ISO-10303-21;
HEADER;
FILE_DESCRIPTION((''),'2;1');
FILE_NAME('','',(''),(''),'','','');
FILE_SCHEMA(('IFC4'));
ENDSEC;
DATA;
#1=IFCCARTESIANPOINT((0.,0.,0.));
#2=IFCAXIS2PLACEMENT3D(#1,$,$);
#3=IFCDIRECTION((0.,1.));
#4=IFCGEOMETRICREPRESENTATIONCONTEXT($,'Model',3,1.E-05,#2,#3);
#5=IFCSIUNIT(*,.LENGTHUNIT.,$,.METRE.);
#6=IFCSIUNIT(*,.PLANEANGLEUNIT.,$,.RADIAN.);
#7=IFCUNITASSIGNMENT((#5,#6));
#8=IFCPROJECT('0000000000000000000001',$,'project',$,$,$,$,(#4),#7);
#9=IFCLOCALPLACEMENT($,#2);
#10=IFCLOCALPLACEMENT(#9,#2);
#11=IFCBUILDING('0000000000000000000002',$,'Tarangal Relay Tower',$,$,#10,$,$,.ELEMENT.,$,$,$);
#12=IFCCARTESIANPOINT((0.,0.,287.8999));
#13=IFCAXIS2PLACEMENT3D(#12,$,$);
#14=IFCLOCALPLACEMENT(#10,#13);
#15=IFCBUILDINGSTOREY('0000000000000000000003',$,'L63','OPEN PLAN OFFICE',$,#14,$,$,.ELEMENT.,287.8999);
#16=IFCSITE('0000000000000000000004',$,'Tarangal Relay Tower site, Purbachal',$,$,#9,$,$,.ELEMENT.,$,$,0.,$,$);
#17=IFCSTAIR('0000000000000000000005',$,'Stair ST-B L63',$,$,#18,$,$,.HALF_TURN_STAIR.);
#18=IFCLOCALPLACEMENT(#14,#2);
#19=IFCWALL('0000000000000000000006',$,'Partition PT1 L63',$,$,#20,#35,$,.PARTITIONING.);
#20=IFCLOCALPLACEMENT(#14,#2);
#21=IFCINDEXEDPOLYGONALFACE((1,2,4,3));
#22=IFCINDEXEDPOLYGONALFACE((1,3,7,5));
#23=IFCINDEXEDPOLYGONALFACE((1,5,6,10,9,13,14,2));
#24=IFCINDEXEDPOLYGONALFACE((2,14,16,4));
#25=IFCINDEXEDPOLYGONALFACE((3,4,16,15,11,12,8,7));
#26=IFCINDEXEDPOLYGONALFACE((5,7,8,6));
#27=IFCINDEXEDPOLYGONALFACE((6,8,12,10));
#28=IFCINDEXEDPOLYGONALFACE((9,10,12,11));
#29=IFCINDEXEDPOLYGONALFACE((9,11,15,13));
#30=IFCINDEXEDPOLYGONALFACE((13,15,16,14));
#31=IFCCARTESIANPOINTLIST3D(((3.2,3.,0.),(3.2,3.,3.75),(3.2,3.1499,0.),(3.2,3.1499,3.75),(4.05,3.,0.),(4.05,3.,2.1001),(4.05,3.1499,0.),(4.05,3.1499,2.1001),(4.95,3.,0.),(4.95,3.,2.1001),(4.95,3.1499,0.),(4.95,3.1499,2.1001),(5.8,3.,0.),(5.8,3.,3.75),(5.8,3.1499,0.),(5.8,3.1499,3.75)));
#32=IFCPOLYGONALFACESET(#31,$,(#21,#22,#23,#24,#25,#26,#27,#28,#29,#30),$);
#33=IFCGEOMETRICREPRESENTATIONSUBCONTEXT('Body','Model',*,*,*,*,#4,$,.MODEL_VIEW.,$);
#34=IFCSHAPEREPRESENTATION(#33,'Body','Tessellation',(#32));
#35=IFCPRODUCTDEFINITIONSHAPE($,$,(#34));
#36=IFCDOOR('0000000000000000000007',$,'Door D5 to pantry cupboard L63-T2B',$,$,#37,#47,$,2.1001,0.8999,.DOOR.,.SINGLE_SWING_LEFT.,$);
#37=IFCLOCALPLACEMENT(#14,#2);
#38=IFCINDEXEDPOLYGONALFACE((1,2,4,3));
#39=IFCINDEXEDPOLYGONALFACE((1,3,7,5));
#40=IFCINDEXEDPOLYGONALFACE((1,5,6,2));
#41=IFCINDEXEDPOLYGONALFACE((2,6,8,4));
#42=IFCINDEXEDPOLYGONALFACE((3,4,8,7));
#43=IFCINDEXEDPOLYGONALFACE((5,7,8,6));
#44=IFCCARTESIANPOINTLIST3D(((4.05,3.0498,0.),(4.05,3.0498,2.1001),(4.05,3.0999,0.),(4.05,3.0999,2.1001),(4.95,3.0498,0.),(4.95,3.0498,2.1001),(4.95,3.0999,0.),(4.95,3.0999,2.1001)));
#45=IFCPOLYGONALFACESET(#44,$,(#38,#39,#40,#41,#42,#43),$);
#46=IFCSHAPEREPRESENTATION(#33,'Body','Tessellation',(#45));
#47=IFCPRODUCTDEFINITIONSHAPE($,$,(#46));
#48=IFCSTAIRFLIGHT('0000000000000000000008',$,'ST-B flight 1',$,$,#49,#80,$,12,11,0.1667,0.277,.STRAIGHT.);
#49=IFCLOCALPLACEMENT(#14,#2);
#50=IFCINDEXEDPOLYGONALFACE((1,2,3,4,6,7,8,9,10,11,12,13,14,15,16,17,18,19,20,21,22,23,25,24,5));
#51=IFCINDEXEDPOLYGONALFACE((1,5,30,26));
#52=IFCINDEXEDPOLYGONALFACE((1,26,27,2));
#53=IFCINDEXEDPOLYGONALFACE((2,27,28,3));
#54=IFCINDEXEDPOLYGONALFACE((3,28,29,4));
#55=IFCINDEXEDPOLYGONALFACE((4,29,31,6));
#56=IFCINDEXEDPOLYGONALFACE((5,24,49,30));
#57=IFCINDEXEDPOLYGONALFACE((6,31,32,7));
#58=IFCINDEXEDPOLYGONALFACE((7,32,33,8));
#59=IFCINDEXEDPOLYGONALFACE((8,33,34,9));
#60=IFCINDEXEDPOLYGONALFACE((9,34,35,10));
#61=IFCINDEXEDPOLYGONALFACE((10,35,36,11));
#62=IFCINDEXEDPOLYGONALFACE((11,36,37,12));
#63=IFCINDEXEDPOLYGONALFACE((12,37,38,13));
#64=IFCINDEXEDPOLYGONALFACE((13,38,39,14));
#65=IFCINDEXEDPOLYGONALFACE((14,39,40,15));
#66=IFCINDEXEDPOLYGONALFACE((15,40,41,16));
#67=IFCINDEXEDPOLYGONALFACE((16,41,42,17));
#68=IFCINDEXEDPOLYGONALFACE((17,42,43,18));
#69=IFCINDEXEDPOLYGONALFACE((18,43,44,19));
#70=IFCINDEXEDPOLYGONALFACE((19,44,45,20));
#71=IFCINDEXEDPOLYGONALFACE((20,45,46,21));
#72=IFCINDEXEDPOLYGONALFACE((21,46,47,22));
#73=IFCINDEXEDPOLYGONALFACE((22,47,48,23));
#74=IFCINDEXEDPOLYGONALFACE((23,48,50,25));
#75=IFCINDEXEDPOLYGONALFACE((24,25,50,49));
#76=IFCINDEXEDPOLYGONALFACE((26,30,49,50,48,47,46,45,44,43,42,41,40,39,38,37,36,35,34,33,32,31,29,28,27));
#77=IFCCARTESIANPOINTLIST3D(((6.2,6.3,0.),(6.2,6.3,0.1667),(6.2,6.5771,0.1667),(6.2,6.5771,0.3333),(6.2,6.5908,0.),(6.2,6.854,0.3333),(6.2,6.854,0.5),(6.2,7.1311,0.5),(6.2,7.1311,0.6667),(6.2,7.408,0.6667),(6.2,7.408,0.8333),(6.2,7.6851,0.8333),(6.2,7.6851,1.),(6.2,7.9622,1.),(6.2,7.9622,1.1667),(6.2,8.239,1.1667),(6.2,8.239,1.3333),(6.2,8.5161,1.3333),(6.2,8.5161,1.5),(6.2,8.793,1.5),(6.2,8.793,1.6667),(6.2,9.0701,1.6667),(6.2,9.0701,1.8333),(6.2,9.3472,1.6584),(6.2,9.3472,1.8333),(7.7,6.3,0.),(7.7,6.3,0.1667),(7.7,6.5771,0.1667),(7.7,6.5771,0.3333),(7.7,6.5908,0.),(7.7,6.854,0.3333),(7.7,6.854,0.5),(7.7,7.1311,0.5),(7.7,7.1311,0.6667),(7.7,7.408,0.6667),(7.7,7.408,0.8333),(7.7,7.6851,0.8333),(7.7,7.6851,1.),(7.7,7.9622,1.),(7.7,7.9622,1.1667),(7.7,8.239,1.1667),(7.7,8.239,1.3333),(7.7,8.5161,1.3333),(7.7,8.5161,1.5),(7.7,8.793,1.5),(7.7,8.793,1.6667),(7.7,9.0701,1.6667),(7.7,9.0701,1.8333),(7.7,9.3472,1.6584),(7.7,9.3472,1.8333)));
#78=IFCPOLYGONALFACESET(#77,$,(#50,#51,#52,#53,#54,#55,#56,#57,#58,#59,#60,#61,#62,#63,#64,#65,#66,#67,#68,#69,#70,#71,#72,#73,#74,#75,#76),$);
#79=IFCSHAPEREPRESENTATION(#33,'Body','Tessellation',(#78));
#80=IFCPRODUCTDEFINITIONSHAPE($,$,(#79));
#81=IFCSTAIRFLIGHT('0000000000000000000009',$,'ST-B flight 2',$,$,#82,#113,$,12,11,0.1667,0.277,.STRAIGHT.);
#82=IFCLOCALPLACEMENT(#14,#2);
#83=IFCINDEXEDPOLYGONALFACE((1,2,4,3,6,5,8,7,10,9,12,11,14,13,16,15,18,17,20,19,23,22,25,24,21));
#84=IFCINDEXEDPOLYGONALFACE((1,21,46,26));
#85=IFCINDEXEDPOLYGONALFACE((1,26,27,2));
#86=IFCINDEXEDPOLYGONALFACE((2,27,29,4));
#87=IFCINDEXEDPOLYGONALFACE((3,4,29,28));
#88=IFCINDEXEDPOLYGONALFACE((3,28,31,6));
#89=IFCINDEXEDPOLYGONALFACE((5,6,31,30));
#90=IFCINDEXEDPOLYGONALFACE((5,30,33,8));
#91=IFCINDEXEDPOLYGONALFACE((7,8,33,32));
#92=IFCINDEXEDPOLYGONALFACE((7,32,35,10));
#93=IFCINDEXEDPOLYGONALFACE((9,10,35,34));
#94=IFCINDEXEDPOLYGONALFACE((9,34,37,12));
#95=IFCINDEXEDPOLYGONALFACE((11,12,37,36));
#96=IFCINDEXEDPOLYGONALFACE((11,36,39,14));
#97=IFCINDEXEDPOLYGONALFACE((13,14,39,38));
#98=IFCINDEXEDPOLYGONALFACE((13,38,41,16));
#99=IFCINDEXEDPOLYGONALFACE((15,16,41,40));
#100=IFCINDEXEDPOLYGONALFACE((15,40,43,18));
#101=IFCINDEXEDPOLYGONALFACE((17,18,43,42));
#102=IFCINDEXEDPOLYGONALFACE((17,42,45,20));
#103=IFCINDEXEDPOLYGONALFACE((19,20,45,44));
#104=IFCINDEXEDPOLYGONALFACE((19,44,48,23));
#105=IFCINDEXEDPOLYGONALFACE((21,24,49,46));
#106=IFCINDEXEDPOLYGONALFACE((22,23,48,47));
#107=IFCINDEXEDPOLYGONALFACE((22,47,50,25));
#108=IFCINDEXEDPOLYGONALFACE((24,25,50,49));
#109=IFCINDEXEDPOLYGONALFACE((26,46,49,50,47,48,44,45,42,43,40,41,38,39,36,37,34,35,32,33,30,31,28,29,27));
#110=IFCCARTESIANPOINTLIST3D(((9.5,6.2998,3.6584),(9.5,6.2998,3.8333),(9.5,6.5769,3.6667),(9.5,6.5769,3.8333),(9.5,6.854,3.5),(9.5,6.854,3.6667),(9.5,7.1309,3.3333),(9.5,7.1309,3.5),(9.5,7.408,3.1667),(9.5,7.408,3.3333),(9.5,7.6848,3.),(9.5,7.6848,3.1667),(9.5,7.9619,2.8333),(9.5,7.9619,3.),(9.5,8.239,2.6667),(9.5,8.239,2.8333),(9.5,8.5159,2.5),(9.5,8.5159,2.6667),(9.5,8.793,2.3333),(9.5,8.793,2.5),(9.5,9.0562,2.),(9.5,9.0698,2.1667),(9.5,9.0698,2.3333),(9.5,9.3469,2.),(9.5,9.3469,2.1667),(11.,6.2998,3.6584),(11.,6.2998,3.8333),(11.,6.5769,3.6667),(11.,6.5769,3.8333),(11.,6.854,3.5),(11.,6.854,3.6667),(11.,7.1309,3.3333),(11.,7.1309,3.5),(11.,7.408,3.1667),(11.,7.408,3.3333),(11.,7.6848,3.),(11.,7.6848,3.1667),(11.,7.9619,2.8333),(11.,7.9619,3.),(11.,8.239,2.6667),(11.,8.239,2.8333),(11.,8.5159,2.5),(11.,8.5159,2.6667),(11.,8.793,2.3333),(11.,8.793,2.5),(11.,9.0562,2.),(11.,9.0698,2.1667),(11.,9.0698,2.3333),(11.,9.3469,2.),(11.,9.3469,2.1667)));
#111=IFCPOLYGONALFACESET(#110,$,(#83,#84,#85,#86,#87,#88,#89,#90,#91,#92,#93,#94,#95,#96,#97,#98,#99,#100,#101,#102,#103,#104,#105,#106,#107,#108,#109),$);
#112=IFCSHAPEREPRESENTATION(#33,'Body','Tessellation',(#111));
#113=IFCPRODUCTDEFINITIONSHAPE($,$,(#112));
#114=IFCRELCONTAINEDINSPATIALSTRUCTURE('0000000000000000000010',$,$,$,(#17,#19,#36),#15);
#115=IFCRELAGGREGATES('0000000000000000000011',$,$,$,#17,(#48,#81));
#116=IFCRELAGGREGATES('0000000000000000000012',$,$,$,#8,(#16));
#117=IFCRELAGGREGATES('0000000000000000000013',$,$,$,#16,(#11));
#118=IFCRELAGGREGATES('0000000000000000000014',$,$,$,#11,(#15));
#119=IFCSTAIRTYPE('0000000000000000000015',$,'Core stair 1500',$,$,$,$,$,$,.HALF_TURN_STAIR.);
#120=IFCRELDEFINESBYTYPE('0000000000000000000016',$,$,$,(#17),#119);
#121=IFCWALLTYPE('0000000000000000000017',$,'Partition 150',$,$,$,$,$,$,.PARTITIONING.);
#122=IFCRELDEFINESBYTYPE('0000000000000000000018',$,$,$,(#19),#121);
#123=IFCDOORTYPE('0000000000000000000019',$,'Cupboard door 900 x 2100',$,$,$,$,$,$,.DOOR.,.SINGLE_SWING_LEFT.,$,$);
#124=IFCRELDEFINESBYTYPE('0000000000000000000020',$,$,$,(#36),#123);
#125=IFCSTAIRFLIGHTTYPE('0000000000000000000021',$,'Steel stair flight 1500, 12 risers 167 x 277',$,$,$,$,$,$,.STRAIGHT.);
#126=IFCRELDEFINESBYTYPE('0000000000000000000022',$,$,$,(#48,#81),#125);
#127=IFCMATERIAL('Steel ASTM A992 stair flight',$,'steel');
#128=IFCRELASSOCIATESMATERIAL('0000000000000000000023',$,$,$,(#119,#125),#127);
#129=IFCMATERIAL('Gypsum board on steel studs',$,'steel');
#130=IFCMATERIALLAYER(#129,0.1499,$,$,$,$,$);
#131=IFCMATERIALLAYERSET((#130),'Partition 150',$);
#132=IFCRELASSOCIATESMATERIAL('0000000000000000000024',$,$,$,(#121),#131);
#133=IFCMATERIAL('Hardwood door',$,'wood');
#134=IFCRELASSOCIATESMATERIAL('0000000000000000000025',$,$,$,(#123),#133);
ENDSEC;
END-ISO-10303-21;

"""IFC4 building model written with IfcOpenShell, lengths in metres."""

from ifc_helpers import new_model, si_unit, direction, frame, frame_2d, origin, place, context, subcontext, project, spatial, polyline, rectangle, outline, extrude, material, layer, layer_set, type_object, element, fill, aggregate, save


model = new_model("IFC4")

# Units and contexts
model_context = context("Model", 3, precision=1e-05, world=origin(), true_north=direction((0.0, 1.0)))
body_context = subcontext(model_context, "Body", "Model", "MODEL_VIEW")
ifc_project = project(units=[si_unit("LENGTHUNIT", "METRE"), si_unit("PLANEANGLEUNIT", "RADIAN")], contexts=[model_context])

# Site, building, storey
site_placement = place(None, origin())
site = spatial("IfcSite", under=ifc_project, at=site_placement, Name="Tarangal Relay Tower site, Purbachal", CompositionType="ELEMENT", RefElevation=0.0)
building_placement = place(site_placement, origin())
building = spatial("IfcBuilding", under=site, at=building_placement, Name="Tarangal Relay Tower", CompositionType="ELEMENT")
storey_placement = place(building_placement, frame((0.0, 0.0, 287.8999)))
storey = spatial("IfcBuildingStorey", under=building, at=storey_placement, Name="L63", Description="OPEN PLAN OFFICE", CompositionType="ELEMENT", Elevation=287.8999)

# Stair
ifc_material_1 = material(Name="Steel ASTM A992 stair flight", Category="steel")
stair_type = type_object("IfcStairType", Name="Core stair 1500", PredefinedType="HALF_TURN_STAIR", material=ifc_material_1)
stair_1_placement = place(storey_placement, origin())
stair_1 = element("IfcStair", 1, at=stair_1_placement, inside=storey, type_object=stair_type, Name="Stair ST-B L63", PredefinedType="HALF_TURN_STAIR")

# Wall, opening, door
ifc_material_2 = material(Name="Gypsum board on steel studs", Category="steel")
ifc_layer_1 = layer(ifc_material_2, 0.1499)
ifc_layer_set_1 = layer_set([ifc_layer_1], Name="Partition 150")
wall_type_1 = type_object("IfcWallType", Name="Partition 150", PredefinedType="PARTITIONING", material=ifc_layer_set_1)
wall_1_placement = place(storey_placement, frame((3.2, 3.075, 0.0), z_axis=(0.0, 0.0, 1.0), x_axis=(1.0, 0.0, 0.0)))
wall_1 = element("IfcWall", 2, at=wall_1_placement, inside=storey, type_object=wall_type_1, Name="Partition PT1 L63", PredefinedType="PARTITIONING", context=body_context, shape_type="SweptSolid", body=[
    extrude(rectangle(XDim=2.6001, YDim=0.1499, at=frame_2d((1.3, 0.0))), origin(), (0.0, 0.0, 1.0), 3.75),
])
opening_1_placement = place(wall_1_placement, frame((0.8501, 0.0, 0.0)))
opening_1 = element("IfcOpeningElement", 3, at=opening_1_placement, cuts=wall_1, PredefinedType="OPENING", context=body_context, shape_type="SweptSolid", body=[
    extrude(rectangle(XDim=0.8999, YDim=2.1001, at=frame_2d((0.45, 1.05))), frame((0.0, 0.085, 0.0), z_axis=(0.0, -1.0, 0.0), x_axis=(1.0, 0.0, 0.0)), (0.0, 0.0, 1.0), 0.1699),
])
ifc_material_3 = material(Name="Hardwood door", Category="wood")
door_type_1 = type_object("IfcDoorType", Name="Cupboard door 900 x 2100", OperationType="SINGLE_SWING_LEFT", PredefinedType="DOOR", material=ifc_material_3)
door_1_placement = place(opening_1_placement, origin())
door_1 = element("IfcDoor", 4, at=door_1_placement, inside=storey, type_object=door_type_1, Name="Door D5 to pantry cupboard L63-T2B", OperationType="SINGLE_SWING_LEFT", OverallHeight=2.1001, OverallWidth=0.8999, PredefinedType="DOOR", context=body_context, shape_type="SweptSolid", body=[
    extrude(rectangle(XDim=0.8999, YDim=2.1001, at=frame_2d((0.45, 1.05))), frame((0.0, 0.0249, 0.0), z_axis=(0.0, -1.0, 0.0), x_axis=(1.0, 0.0, 0.0)), (0.0, 0.0, 1.0), 0.05),
])
fill(opening_1, door_1)

# Stair flights
stair_flight_type = type_object("IfcStairFlightType", Name="Steel stair flight 1500, 12 risers 167 x 277", PredefinedType="STRAIGHT", material=ifc_material_1)
stair_flight_1_placement = place(storey_placement, frame((6.95, 6.3, 0.0), z_axis=(0.0, 0.0, 1.0), x_axis=(0.0, 1.0, 0.0)))
stair_flight_1 = element("IfcStairFlight", 5, at=stair_flight_1_placement, type_object=stair_flight_type, Name="ST-B flight 1", NumberOfRisers=12, NumberOfTreads=11, PredefinedType="STRAIGHT", RiserHeight=0.1667, TreadLength=0.277, context=body_context, shape_type="SweptSolid", body=[
    extrude(outline(polyline([(0.0, 0.0), (0.0, 0.1667), (0.2771, 0.1667), (0.2771, 0.3333), (0.554, 0.3333), (0.554, 0.5), (0.8311, 0.5), (0.8311, 0.6667), (1.1079, 0.6667), (1.1079, 0.8333), (1.385, 0.8333), (1.385, 1.0), (1.6621, 1.0), (1.6621, 1.1667), (1.939, 1.1667), (1.939, 1.3333), (2.2161, 1.3333), (2.2161, 1.5), (2.4929, 1.5), (2.4929, 1.6667), (2.77, 1.6667), (2.77, 1.8333), (3.0471, 1.8333), (3.0471, 2.0), (3.0471, 1.6584), (0.2908, 0.0), (0.0, 0.0)])), frame((0.0, 0.75, 0.0), z_axis=(0.0, -1.0, 0.0), x_axis=(1.0, 0.0, 0.0)), (0.0, 0.0, 1.0), 1.5),
])
stair_flight_2_placement = place(storey_placement, frame((10.25, 9.3469, 2.0), z_axis=(0.0, 0.0, 1.0), x_axis=(0.0, -1.0, 0.0)))
stair_flight_2 = element("IfcStairFlight", 6, at=stair_flight_2_placement, type_object=stair_flight_type, Name="ST-B flight 2", NumberOfRisers=12, NumberOfTreads=11, PredefinedType="STRAIGHT", RiserHeight=0.1667, TreadLength=0.277, context=body_context, shape_type="SweptSolid", body=[
    extrude(outline(polyline([(0.0, 0.0), (0.0, 0.1667), (0.2771, 0.1667), (0.2771, 0.3333), (0.554, 0.3333), (0.554, 0.5), (0.8311, 0.5), (0.8311, 0.6667), (1.1079, 0.6667), (1.1079, 0.8333), (1.385, 0.8333), (1.385, 1.0), (1.6621, 1.0), (1.6621, 1.1667), (1.939, 1.1667), (1.939, 1.3333), (2.2161, 1.3333), (2.2161, 1.5), (2.4929, 1.5), (2.4929, 1.6667), (2.77, 1.6667), (2.77, 1.8333), (3.0471, 1.8333), (3.0471, 2.0), (3.0471, 1.6584), (0.2908, 0.0), (0.0, 0.0)])), frame((0.0, 0.75, 0.0), z_axis=(0.0, -1.0, 0.0), x_axis=(1.0, 0.0, 0.0)), (0.0, 0.0, 1.0), 1.5),
])
aggregate(stair_1, [stair_flight_1, stair_flight_2])

save(model, "model.ifc")
